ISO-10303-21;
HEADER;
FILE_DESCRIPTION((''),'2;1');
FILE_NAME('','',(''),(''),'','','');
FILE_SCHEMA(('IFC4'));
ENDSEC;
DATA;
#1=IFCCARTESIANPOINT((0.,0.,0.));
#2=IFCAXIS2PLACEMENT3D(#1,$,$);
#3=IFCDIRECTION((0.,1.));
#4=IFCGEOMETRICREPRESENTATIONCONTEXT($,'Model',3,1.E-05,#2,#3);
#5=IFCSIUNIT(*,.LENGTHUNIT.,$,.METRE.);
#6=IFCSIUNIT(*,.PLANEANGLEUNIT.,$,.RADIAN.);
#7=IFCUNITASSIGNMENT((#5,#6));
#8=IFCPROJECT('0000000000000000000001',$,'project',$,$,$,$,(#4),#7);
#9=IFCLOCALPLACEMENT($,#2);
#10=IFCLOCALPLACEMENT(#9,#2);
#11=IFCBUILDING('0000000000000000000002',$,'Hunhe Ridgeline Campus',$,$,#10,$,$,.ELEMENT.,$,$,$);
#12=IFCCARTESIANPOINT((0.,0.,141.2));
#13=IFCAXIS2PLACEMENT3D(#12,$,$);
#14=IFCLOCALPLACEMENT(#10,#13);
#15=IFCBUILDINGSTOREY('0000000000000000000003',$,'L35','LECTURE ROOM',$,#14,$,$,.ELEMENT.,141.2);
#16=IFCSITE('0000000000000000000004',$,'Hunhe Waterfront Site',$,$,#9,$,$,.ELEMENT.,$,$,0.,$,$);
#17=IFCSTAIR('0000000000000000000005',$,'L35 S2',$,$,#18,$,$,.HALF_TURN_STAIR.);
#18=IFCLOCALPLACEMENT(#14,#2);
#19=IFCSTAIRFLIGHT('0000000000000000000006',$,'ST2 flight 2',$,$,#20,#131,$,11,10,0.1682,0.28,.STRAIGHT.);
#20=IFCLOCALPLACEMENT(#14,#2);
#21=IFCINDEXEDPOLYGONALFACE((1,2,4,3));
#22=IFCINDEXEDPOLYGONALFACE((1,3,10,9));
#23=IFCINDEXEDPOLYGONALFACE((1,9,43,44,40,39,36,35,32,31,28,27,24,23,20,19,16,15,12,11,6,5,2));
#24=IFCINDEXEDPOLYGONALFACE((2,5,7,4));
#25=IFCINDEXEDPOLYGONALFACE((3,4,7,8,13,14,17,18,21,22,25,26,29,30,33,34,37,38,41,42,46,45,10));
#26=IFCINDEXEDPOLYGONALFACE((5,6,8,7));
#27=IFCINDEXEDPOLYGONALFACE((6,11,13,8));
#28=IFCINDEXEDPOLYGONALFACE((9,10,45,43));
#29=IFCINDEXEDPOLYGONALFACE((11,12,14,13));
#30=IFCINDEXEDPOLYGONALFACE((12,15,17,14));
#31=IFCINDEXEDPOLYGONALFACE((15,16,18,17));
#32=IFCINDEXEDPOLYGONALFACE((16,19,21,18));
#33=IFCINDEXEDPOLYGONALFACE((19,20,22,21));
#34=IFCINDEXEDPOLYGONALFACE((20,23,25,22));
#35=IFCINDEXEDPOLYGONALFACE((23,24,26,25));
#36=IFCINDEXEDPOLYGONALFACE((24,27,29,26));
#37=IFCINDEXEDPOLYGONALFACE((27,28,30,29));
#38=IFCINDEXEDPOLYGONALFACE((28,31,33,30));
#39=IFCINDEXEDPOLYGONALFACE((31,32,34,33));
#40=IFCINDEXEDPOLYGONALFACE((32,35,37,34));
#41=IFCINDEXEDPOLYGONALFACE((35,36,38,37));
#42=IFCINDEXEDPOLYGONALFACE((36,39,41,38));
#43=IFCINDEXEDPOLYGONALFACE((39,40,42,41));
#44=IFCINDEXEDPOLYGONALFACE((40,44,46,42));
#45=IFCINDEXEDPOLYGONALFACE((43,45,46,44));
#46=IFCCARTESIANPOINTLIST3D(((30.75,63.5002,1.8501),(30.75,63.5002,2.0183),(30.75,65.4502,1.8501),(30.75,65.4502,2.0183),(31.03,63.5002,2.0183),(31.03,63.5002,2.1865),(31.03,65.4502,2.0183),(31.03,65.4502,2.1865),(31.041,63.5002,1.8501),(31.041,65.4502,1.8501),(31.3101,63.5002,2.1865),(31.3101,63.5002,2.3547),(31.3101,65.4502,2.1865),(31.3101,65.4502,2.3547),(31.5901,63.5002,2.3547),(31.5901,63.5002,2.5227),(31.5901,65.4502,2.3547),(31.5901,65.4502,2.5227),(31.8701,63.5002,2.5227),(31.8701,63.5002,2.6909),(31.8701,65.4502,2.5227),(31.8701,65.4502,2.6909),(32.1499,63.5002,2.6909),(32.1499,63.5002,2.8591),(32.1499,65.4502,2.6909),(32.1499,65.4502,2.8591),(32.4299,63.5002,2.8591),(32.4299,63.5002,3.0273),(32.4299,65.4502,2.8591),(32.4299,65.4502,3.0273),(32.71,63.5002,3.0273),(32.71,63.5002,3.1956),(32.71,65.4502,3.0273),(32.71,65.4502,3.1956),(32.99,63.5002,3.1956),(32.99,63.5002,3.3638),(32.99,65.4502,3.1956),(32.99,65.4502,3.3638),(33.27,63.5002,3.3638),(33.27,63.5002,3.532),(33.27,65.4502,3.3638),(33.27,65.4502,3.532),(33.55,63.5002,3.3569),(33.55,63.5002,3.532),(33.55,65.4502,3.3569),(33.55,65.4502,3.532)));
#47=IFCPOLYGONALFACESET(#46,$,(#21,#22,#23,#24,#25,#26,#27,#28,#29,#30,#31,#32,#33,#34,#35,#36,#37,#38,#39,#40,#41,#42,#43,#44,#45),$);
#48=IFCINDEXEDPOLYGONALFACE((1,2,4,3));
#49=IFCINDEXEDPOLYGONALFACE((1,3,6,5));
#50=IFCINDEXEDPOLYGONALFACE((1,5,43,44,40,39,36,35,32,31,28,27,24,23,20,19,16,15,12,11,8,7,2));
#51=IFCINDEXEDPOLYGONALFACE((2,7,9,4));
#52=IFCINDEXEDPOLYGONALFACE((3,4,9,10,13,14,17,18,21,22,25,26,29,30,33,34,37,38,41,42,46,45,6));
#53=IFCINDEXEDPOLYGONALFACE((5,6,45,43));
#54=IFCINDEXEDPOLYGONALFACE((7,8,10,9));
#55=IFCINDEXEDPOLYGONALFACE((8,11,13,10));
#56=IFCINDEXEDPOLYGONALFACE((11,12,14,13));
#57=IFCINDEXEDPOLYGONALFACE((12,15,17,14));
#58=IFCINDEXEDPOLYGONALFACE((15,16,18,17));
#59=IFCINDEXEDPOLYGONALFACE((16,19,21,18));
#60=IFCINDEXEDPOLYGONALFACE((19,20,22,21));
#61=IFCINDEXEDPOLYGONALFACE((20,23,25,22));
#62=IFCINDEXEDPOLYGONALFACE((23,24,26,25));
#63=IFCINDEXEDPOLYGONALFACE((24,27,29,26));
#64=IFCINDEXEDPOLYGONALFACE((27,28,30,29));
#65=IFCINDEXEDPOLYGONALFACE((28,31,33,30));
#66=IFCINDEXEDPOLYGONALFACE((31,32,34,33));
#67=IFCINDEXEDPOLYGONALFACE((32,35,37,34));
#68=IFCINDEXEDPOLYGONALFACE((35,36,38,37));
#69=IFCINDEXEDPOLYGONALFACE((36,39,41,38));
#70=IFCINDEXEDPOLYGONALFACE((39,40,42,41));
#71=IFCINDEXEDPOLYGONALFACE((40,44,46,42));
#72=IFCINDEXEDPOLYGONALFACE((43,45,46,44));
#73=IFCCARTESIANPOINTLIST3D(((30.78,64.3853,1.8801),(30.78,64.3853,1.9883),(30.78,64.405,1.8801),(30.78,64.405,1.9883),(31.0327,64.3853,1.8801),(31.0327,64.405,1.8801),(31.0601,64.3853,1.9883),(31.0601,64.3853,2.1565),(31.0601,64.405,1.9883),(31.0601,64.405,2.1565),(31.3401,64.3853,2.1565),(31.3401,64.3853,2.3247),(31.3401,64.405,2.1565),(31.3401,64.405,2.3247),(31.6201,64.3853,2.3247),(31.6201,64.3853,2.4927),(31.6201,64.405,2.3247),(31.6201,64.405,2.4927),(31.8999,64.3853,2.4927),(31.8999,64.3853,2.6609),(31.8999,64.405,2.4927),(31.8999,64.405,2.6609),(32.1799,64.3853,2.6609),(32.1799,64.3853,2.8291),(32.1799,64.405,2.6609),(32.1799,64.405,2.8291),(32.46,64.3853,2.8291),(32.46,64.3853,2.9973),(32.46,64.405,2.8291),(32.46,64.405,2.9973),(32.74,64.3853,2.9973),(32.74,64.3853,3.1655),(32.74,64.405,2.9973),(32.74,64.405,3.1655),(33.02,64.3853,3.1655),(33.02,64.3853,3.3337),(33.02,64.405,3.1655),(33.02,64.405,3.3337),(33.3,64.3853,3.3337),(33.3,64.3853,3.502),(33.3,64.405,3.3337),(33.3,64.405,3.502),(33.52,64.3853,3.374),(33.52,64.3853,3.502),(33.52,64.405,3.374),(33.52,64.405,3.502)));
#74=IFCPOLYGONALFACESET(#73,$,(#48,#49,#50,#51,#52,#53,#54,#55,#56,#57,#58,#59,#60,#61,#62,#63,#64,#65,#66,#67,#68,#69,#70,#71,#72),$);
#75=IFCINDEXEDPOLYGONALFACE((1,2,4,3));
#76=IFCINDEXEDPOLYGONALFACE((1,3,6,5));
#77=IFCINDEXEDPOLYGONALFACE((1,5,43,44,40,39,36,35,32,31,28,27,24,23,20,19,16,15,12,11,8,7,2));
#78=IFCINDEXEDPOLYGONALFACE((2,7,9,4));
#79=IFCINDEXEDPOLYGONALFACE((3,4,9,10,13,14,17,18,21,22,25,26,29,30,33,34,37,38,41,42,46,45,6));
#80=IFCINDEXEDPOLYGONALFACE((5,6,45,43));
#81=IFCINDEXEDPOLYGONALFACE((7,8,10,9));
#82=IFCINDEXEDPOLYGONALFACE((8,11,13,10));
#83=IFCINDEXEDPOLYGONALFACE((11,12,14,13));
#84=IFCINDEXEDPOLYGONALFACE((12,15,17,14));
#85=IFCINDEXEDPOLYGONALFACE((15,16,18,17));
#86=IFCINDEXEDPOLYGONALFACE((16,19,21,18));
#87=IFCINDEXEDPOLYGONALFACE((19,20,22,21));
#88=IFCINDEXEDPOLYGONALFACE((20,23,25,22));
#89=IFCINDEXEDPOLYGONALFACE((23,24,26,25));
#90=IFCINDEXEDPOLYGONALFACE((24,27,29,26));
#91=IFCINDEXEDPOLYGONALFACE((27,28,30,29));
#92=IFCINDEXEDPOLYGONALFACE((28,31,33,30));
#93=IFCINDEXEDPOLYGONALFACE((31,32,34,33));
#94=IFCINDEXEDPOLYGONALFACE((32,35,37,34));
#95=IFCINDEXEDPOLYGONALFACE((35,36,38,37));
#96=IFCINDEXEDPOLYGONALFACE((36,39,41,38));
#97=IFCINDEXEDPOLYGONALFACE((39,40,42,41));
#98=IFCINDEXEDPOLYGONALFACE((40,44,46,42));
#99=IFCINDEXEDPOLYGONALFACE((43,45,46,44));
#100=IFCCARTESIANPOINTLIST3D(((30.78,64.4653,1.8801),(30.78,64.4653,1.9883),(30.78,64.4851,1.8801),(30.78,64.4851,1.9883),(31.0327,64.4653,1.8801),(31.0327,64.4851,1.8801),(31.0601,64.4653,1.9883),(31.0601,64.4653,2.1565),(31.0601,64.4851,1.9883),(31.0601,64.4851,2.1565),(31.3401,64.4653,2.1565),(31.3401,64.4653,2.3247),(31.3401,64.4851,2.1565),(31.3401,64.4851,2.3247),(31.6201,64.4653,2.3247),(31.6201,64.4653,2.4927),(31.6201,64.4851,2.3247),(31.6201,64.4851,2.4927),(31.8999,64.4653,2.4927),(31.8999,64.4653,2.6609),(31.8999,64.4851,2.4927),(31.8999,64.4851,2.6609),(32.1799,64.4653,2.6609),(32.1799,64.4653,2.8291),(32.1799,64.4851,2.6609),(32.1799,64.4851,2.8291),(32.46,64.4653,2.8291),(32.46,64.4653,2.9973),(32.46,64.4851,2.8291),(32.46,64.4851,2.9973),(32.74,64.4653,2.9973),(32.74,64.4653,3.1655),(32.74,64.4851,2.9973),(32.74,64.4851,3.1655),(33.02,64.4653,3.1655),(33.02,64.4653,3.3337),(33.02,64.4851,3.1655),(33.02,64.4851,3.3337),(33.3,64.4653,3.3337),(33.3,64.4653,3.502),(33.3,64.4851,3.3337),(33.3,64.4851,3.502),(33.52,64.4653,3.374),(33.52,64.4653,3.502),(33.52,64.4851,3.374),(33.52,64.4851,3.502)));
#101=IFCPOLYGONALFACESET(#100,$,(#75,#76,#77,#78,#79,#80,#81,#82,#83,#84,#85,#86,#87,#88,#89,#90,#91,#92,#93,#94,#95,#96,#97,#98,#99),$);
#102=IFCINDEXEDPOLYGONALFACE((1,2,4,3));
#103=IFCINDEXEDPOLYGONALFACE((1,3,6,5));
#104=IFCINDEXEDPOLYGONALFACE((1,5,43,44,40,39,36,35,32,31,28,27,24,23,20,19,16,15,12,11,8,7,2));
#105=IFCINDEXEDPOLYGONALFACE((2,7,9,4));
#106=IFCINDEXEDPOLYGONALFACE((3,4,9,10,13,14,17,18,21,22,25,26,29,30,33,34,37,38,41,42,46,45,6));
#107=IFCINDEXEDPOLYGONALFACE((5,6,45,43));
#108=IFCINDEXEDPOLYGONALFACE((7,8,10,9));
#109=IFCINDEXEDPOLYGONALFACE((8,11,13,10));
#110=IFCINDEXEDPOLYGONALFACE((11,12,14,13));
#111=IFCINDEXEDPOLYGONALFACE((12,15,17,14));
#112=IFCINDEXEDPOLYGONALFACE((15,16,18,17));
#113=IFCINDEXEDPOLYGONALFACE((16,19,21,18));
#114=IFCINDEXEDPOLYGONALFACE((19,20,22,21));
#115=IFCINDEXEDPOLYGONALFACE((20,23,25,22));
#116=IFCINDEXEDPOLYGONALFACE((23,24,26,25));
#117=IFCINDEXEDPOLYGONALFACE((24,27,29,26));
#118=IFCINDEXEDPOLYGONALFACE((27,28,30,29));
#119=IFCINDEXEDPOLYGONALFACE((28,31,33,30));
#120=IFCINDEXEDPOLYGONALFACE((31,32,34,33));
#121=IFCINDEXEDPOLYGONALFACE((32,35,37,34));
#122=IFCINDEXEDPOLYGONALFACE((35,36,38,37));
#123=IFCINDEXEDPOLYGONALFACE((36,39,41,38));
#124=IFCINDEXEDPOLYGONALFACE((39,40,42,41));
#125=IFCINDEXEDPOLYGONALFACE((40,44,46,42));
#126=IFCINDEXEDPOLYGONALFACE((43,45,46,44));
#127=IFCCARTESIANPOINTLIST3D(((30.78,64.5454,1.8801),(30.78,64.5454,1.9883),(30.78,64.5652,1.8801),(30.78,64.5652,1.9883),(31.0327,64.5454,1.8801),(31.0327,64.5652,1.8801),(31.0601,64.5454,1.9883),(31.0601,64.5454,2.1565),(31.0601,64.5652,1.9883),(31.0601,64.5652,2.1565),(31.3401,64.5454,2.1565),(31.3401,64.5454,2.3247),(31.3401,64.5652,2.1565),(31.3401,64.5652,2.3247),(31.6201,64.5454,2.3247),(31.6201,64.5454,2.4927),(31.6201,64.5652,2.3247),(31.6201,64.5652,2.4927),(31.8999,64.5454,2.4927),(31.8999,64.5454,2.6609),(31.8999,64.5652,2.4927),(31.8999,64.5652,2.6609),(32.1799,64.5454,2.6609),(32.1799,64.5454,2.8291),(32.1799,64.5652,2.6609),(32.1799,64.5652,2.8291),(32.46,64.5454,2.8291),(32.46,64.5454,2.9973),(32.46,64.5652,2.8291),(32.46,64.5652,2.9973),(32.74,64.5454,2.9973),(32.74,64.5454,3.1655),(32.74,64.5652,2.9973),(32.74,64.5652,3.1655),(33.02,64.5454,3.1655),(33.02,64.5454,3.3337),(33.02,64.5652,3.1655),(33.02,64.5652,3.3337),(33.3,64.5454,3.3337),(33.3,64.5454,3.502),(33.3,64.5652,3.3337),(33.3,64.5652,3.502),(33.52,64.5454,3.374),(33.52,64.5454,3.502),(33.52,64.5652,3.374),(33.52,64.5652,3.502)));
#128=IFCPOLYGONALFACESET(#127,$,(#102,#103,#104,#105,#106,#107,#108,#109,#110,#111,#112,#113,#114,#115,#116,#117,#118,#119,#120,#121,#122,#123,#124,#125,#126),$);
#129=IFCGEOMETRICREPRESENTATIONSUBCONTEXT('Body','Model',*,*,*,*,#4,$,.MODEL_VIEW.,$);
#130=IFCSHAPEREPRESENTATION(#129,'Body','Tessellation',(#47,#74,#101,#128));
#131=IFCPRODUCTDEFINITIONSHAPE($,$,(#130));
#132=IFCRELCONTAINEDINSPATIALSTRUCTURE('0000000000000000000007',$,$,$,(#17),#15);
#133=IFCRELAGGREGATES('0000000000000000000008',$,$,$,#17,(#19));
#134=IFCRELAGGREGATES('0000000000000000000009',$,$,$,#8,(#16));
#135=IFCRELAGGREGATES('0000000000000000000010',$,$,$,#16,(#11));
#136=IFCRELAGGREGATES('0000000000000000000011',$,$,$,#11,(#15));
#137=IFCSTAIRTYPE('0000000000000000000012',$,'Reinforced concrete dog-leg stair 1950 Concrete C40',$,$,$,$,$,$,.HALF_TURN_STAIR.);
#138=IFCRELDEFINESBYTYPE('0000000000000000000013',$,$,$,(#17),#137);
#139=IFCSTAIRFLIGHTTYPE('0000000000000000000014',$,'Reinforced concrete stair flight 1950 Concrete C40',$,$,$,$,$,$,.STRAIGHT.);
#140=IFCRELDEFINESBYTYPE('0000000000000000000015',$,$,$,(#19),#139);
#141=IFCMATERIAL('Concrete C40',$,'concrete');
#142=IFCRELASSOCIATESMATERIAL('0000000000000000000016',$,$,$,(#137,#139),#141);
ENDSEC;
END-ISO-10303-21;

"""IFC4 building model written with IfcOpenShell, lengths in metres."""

from ifc_helpers import new_model, si_unit, direction, frame, origin, place, context, subcontext, project, spatial, polyline, outline, extrude, material, type_object, element, aggregate, save


model = new_model("IFC4")

# Units and contexts
model_context = context("Model", 3, precision=1e-05, world=origin(), true_north=direction((0.0, 1.0)))
body_context = subcontext(model_context, "Body", "Model", "MODEL_VIEW")
ifc_project = project(units=[si_unit("LENGTHUNIT", "METRE"), si_unit("PLANEANGLEUNIT", "RADIAN")], contexts=[model_context])

# Site, building, storey
site_placement = place(None, origin())
site = spatial("IfcSite", under=ifc_project, at=site_placement, Name="Hunhe Waterfront Site", CompositionType="ELEMENT", RefElevation=0.0)
building_placement = place(site_placement, origin())
building = spatial("IfcBuilding", under=site, at=building_placement, Name="Hunhe Ridgeline Campus", CompositionType="ELEMENT")
storey_placement = place(building_placement, frame((0.0, 0.0, 141.2)))
storey = spatial("IfcBuildingStorey", under=building, at=storey_placement, Name="L35", Description="LECTURE ROOM", CompositionType="ELEMENT", Elevation=141.2)

# Stair, stair flight
ifc_material_1 = material(Name="Concrete C40", Category="concrete")
stair_type = type_object("IfcStairType", Name="Reinforced concrete dog-leg stair 1950 Concrete C40", PredefinedType="HALF_TURN_STAIR", material=ifc_material_1)
stair_placement = place(storey_placement, origin())
stair = element("IfcStair", 1, at=stair_placement, inside=storey, type_object=stair_type, Name="L35 S2", PredefinedType="HALF_TURN_STAIR")
stair_flight_type = type_object("IfcStairFlightType", Name="Reinforced concrete stair flight 1950 Concrete C40", PredefinedType="STRAIGHT", material=ifc_material_1)
stair_flight_1_placement = place(storey_placement, frame((30.75, 64.4751, 1.8501), z_axis=(0.0, 0.0, 1.0), x_axis=(1.0, 0.0, 0.0)))
stair_flight_1 = element("IfcStairFlight", 2, at=stair_flight_1_placement, type_object=stair_flight_type, Name="ST2 flight 2", NumberOfRisers=11, NumberOfTreads=10, PredefinedType="STRAIGHT", RiserHeight=0.1682, TreadLength=0.28, context=body_context, shape_type="SweptSolid", body=[
    extrude(outline(polyline([(0.0, 0.0), (0.0, 0.1682), (0.28, 0.1682), (0.28, 0.3364), (0.5601, 0.3364), (0.5601, 0.5046), (0.8401, 0.5046), (0.8401, 0.6726), (1.1201, 0.6726), (1.1201, 0.8408), (1.3999, 0.8408), (1.3999, 1.009), (1.6799, 1.009), (1.6799, 1.1772), (1.96, 1.1772), (1.96, 1.3455), (2.24, 1.3455), (2.24, 1.5137), (2.52, 1.5137), (2.52, 1.6819), (2.8, 1.6819), (2.8, 1.8501), (2.8, 1.5068), (0.291, 0.0), (0.0, 0.0)])), frame((0.0, 0.9751, 0.0), z_axis=(0.0, -1.0, 0.0), x_axis=(1.0, 0.0, 0.0)), (0.0, 0.0, 1.0), 1.95),
    extrude(outline(polyline([(0.03, 0.03), (0.03, 0.1382), (0.3101, 0.1382), (0.3101, 0.3064), (0.5901, 0.3064), (0.5901, 0.4746), (0.8701, 0.4746), (0.8701, 0.6426), (1.1499, 0.6426), (1.1499, 0.8108), (1.4299, 0.8108), (1.4299, 0.979), (1.71, 0.979), (1.71, 1.1472), (1.99, 1.1472), (1.99, 1.3154), (2.27, 1.3154), (2.27, 1.4836), (2.55, 1.4836), (2.55, 1.6519), (2.77, 1.6519), (2.77, 1.5239), (0.2827, 0.03), (0.03, 0.03)])), frame((0.0, -0.0701, 0.0), z_axis=(0.0, -1.0, 0.0), x_axis=(1.0, 0.0, 0.0)), (0.0, 0.0, 1.0), 0.0198),
    extrude(outline(polyline([(0.03, 0.03), (0.03, 0.1382), (0.3101, 0.1382), (0.3101, 0.3064), (0.5901, 0.3064), (0.5901, 0.4746), (0.8701, 0.4746), (0.8701, 0.6426), (1.1499, 0.6426), (1.1499, 0.8108), (1.4299, 0.8108), (1.4299, 0.979), (1.71, 0.979), (1.71, 1.1472), (1.99, 1.1472), (1.99, 1.3154), (2.27, 1.3154), (2.27, 1.4836), (2.55, 1.4836), (2.55, 1.6519), (2.77, 1.6519), (2.77, 1.5239), (0.2827, 0.03), (0.03, 0.03)])), frame((0.0, 0.01, 0.0), z_axis=(0.0, -1.0, 0.0), x_axis=(1.0, 0.0, 0.0)), (0.0, 0.0, 1.0), 0.0198),
    extrude(outline(polyline([(0.03, 0.03), (0.03, 0.1382), (0.3101, 0.1382), (0.3101, 0.3064), (0.5901, 0.3064), (0.5901, 0.4746), (0.8701, 0.4746), (0.8701, 0.6426), (1.1499, 0.6426), (1.1499, 0.8108), (1.4299, 0.8108), (1.4299, 0.979), (1.71, 0.979), (1.71, 1.1472), (1.99, 1.1472), (1.99, 1.3154), (2.27, 1.3154), (2.27, 1.4836), (2.55, 1.4836), (2.55, 1.6519), (2.77, 1.6519), (2.77, 1.5239), (0.2827, 0.03), (0.03, 0.03)])), frame((0.0, 0.0901, 0.0), z_axis=(0.0, -1.0, 0.0), x_axis=(1.0, 0.0, 0.0)), (0.0, 0.0, 1.0), 0.0198),
])
aggregate(stair, [stair_flight_1])

save(model, "model.ifc")
